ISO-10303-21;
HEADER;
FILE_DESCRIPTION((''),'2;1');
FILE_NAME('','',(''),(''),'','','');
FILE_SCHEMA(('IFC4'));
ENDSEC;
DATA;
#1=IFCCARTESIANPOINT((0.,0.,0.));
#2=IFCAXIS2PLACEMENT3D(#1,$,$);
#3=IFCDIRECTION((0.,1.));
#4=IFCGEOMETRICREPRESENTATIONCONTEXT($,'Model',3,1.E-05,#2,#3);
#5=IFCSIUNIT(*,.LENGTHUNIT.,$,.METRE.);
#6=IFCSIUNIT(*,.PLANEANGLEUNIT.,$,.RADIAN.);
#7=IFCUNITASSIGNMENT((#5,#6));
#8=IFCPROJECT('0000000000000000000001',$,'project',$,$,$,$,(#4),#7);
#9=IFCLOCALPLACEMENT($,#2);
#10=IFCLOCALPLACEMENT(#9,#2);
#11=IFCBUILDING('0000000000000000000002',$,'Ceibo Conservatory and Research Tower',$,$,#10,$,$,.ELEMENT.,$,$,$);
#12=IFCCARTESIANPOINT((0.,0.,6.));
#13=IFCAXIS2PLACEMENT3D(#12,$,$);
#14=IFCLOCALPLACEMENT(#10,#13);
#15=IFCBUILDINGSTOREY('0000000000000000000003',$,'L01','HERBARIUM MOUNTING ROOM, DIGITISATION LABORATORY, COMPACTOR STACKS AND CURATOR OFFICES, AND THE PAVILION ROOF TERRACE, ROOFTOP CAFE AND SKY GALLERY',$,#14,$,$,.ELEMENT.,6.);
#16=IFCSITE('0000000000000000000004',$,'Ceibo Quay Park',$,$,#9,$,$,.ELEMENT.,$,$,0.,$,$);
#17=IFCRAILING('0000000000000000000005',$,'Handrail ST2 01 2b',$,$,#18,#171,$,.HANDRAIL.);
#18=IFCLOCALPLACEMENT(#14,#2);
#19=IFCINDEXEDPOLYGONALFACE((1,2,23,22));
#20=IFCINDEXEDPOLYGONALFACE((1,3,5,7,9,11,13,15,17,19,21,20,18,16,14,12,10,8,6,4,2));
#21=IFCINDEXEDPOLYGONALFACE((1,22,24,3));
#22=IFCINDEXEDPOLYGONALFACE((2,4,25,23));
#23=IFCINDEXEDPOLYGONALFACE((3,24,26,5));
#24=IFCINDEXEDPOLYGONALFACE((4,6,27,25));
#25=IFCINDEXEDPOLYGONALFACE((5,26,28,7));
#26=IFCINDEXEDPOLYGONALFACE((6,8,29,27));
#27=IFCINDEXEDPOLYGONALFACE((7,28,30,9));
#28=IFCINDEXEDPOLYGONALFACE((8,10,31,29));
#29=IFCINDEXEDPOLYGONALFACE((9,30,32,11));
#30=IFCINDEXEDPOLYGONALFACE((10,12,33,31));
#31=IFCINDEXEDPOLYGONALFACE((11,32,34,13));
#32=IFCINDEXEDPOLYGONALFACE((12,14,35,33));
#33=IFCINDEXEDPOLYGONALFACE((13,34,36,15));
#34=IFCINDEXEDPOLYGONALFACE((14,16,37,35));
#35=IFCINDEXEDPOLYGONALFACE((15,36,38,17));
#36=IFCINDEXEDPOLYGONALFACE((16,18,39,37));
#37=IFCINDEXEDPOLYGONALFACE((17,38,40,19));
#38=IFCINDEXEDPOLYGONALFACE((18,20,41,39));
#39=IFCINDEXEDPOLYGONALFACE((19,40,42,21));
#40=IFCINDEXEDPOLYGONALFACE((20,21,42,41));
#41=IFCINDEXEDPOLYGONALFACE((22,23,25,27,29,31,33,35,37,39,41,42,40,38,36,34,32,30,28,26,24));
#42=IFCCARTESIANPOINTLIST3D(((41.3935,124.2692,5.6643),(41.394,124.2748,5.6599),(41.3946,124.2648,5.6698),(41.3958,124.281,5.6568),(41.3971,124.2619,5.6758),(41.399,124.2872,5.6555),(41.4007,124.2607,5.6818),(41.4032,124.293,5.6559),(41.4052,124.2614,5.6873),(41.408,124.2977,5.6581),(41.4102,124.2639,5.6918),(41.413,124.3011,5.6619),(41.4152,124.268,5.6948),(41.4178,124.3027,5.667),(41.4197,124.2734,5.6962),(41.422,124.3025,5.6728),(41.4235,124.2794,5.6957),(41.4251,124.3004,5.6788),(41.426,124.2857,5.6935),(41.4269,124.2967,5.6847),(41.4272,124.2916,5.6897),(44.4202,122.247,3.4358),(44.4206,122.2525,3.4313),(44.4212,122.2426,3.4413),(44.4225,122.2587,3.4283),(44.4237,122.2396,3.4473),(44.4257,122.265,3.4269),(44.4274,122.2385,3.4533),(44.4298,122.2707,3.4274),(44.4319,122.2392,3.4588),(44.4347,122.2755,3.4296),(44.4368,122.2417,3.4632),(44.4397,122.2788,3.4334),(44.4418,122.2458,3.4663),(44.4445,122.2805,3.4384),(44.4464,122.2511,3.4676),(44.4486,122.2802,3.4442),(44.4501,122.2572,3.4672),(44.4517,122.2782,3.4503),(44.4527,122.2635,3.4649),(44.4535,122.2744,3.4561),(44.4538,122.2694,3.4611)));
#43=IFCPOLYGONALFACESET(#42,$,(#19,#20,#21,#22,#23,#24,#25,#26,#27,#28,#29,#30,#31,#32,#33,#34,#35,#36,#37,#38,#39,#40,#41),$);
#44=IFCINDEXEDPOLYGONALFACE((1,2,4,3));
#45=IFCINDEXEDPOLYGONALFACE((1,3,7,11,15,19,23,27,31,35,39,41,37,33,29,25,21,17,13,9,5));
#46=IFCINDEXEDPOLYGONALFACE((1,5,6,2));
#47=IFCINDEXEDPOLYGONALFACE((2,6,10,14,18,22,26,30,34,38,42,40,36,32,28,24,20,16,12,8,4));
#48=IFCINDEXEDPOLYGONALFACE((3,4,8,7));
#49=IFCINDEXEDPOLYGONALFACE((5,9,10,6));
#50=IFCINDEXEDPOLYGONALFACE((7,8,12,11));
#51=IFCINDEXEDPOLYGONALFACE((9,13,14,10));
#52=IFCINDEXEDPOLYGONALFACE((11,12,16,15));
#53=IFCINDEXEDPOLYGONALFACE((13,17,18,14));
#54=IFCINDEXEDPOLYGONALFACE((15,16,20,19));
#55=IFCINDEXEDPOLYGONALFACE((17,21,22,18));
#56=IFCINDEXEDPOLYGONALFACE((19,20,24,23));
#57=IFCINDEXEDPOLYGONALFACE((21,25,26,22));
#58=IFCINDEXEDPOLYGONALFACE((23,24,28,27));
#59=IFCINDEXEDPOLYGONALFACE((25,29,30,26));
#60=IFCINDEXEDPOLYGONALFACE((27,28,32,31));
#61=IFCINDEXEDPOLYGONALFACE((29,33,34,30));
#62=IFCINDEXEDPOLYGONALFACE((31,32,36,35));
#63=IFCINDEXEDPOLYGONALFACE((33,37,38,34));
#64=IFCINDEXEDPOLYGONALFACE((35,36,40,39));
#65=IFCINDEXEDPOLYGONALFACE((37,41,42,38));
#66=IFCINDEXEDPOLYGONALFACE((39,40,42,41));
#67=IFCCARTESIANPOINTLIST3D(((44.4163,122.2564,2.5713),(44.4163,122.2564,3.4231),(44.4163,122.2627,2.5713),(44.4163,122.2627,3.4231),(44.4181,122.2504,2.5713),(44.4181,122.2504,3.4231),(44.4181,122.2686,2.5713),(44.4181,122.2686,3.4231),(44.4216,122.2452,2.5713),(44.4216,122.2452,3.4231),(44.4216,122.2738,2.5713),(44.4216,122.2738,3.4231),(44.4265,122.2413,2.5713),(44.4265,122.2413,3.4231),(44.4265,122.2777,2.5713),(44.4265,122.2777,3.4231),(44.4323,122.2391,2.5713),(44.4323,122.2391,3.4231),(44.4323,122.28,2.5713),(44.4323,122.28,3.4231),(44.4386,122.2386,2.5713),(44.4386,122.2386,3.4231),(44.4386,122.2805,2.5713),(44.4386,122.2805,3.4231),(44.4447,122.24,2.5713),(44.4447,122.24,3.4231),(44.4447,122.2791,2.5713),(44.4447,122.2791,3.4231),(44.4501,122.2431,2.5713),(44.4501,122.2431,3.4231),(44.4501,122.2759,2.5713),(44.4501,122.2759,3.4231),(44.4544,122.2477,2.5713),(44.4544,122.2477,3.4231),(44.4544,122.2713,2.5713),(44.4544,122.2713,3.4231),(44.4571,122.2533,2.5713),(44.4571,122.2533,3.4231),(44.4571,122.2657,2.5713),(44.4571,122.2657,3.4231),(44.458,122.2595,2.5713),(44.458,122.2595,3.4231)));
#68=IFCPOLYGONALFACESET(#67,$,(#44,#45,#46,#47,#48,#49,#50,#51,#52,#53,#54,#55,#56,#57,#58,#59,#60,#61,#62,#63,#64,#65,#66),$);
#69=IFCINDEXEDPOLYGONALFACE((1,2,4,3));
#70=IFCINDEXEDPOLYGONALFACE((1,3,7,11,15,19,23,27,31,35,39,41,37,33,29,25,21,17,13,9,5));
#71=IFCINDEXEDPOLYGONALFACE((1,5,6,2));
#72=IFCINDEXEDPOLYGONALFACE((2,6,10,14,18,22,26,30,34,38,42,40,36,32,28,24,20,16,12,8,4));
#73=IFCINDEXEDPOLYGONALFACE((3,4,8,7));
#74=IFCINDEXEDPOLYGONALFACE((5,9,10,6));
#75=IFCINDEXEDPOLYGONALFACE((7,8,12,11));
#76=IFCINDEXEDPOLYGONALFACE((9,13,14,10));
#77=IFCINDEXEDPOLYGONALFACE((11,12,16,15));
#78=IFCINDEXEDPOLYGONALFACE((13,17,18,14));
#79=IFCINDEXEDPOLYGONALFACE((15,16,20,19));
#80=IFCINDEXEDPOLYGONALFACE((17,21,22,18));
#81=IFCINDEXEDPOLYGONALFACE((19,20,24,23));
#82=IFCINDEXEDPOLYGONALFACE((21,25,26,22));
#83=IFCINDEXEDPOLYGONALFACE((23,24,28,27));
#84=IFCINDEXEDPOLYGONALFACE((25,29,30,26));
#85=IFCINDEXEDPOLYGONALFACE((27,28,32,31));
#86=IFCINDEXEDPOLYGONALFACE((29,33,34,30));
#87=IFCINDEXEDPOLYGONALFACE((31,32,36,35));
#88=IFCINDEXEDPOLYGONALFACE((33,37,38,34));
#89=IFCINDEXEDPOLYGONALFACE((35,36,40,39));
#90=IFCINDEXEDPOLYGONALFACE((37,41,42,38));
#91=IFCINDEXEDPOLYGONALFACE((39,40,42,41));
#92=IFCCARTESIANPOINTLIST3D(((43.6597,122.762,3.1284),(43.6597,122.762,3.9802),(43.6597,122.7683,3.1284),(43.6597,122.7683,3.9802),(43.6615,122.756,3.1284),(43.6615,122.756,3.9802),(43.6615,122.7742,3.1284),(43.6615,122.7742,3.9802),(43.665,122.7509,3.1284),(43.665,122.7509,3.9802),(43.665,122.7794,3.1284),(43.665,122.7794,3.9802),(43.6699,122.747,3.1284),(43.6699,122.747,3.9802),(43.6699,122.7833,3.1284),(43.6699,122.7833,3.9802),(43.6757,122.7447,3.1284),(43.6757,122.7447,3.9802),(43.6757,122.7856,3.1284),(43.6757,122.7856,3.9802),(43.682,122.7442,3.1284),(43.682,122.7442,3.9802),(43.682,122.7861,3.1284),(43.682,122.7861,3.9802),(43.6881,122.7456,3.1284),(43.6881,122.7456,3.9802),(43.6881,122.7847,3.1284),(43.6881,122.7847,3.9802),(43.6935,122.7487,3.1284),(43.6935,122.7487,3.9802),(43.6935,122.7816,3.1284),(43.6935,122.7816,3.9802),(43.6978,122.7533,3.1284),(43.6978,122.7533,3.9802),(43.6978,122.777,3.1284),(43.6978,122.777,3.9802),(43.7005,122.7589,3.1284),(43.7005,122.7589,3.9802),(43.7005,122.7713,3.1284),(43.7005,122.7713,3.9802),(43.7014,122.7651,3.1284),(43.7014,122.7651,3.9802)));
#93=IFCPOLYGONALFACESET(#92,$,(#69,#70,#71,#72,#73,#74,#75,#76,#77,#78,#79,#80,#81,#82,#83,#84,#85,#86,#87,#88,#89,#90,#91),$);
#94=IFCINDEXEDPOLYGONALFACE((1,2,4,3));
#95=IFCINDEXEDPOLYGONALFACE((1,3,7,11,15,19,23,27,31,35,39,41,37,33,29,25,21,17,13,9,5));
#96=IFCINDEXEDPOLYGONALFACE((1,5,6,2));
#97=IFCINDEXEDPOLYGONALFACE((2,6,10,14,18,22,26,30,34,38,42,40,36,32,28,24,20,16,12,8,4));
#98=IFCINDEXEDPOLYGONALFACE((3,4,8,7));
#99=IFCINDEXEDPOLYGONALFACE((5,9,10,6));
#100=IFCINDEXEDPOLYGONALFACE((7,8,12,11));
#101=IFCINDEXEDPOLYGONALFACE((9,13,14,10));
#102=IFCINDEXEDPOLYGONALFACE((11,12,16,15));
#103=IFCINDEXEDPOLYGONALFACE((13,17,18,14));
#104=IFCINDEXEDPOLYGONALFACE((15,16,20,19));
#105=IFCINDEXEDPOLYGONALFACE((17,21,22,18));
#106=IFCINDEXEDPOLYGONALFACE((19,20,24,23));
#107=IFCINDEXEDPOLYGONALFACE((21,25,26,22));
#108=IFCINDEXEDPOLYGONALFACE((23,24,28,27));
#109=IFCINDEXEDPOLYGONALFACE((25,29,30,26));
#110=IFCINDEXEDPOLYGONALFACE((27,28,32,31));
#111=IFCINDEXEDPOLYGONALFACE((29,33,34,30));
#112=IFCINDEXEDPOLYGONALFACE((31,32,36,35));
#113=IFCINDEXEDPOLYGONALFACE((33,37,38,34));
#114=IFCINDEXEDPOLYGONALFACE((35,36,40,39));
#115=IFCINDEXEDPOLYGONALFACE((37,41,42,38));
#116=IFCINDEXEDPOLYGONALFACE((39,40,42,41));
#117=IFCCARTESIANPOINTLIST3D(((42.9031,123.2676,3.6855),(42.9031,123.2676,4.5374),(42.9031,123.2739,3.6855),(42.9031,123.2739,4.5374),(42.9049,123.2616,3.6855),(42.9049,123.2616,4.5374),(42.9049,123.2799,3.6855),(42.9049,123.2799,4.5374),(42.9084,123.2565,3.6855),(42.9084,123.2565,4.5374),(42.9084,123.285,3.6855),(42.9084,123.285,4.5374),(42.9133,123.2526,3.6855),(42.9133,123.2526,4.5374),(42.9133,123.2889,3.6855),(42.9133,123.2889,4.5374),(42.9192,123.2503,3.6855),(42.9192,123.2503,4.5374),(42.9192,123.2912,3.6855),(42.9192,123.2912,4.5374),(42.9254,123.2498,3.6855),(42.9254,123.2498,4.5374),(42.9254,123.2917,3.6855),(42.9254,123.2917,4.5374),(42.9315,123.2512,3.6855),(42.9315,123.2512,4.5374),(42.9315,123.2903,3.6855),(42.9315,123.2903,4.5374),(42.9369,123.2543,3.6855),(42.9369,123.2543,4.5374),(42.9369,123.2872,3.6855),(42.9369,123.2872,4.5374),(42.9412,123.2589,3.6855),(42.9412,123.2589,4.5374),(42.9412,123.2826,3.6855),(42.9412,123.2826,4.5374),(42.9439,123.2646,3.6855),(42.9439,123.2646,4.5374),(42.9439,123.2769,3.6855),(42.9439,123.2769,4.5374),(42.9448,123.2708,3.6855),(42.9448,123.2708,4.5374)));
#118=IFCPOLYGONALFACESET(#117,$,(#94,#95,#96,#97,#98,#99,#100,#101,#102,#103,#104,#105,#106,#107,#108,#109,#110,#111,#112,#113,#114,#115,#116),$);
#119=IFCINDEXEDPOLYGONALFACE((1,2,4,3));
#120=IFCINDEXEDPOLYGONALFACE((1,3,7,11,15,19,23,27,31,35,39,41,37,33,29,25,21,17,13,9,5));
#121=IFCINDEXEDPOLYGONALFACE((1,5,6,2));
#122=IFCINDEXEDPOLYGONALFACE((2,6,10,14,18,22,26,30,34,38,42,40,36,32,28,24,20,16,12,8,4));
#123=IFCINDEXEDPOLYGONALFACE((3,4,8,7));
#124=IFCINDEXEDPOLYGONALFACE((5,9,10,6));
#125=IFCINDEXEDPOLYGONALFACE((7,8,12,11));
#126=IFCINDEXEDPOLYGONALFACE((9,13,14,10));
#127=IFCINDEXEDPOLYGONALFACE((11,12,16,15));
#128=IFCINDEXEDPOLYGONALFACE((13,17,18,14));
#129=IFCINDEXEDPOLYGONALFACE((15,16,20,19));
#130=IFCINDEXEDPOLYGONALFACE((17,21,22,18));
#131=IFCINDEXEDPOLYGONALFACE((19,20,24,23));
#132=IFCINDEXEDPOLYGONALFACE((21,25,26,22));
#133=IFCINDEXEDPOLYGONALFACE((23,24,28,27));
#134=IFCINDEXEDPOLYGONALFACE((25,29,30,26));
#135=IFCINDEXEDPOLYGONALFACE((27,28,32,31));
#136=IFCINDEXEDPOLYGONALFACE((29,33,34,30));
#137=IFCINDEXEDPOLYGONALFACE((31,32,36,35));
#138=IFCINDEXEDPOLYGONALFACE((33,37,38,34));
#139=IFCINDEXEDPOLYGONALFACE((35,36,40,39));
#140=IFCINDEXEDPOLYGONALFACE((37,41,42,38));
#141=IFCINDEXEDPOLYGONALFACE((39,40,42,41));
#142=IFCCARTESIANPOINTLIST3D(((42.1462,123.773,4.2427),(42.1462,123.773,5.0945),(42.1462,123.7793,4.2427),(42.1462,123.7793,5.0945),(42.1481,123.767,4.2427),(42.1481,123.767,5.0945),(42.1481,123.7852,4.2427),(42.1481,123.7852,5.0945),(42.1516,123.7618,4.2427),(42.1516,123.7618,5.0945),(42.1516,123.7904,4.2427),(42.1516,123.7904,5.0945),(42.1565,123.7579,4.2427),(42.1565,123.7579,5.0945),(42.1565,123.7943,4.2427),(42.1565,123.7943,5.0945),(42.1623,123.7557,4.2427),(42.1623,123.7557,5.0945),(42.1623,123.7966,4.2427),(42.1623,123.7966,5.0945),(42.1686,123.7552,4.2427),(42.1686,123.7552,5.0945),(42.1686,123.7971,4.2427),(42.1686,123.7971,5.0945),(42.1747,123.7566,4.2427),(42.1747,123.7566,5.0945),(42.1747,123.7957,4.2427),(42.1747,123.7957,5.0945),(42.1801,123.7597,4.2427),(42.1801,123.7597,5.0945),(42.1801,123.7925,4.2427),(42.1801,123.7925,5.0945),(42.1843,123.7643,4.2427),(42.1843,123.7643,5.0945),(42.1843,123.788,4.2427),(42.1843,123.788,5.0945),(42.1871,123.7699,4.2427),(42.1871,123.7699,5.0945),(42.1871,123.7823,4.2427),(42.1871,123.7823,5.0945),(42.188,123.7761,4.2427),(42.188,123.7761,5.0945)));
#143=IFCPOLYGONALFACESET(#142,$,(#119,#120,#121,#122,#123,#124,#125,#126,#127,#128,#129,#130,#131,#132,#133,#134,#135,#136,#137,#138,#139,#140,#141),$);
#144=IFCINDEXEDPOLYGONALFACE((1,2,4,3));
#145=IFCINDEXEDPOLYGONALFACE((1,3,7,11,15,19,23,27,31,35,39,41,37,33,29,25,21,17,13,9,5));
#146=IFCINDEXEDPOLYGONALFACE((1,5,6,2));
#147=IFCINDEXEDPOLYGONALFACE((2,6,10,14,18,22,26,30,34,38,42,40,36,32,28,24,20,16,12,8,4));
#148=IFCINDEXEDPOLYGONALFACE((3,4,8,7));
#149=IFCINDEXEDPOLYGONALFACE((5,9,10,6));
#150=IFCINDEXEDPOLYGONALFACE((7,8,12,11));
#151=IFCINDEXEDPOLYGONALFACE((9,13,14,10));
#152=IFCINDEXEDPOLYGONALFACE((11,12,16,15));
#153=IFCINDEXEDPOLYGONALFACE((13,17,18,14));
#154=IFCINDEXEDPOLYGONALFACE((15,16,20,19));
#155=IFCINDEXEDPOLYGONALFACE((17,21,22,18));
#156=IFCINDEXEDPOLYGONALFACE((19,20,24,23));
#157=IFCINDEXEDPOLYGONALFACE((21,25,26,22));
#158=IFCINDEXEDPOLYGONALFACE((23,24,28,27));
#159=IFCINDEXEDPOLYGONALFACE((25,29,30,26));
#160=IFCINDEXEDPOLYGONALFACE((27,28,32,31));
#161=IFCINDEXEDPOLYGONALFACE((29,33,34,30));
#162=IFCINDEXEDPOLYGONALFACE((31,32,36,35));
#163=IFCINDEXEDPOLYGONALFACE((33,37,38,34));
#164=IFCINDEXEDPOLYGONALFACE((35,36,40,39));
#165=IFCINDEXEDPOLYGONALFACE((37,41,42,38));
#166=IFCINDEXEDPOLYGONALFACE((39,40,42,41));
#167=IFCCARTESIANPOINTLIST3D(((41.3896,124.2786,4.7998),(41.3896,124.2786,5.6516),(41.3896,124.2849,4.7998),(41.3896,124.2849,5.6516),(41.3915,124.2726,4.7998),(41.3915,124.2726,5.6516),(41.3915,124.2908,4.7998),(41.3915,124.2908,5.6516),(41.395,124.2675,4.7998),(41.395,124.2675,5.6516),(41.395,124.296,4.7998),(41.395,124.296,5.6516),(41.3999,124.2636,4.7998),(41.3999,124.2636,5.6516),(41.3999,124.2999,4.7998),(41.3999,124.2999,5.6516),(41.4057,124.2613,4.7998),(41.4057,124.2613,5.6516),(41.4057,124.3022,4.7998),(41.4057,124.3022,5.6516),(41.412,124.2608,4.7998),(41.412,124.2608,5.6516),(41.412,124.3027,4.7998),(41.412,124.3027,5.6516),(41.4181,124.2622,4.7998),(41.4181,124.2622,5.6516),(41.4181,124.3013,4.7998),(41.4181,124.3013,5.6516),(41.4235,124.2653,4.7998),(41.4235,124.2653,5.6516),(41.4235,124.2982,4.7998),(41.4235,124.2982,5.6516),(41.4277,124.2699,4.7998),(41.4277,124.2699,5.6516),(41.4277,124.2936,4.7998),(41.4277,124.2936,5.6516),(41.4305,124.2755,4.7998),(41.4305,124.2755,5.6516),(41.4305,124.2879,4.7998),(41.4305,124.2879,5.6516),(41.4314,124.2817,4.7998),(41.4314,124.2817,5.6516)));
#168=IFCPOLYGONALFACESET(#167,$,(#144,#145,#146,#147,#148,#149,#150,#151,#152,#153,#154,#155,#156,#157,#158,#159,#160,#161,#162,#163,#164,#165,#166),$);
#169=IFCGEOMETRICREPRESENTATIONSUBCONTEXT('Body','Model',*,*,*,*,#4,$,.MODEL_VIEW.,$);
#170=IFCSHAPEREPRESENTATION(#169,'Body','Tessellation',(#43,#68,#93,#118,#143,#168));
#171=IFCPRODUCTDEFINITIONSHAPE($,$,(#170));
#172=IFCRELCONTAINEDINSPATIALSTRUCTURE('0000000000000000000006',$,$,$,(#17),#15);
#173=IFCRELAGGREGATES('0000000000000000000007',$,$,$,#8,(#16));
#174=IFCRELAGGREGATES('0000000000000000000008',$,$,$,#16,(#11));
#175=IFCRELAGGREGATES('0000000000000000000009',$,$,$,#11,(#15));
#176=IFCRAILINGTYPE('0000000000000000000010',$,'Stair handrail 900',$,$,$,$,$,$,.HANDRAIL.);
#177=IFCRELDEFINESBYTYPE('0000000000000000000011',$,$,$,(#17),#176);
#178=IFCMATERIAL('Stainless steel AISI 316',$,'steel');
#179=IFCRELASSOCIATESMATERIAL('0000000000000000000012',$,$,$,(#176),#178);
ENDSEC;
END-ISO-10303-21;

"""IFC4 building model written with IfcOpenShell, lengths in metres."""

from ifc_helpers import new_model, si_unit, direction, frame, origin, origin_2d, place, context, subcontext, project, spatial, circle, extrude, material, type_object, element, save


model = new_model("IFC4")

# Units and contexts
model_context = context("Model", 3, precision=1e-05, world=origin(), true_north=direction((0.0, 1.0)))
body_context = subcontext(model_context, "Body", "Model", "MODEL_VIEW")
ifc_project = project(units=[si_unit("LENGTHUNIT", "METRE"), si_unit("PLANEANGLEUNIT", "RADIAN")], contexts=[model_context])

# Site, building, storey
site_placement = place(None, origin())
site = spatial("IfcSite", under=ifc_project, at=site_placement, Name="Ceibo Quay Park", CompositionType="ELEMENT", RefElevation=0.0)
building_placement = place(site_placement, origin())
building = spatial("IfcBuilding", under=site, at=building_placement, Name="Ceibo Conservatory and Research Tower", CompositionType="ELEMENT")
storey_placement = place(building_placement, frame((0.0, 0.0, 6.0)))
storey = spatial("IfcBuildingStorey", under=building, at=storey_placement, Name="L01", Description="HERBARIUM MOUNTING ROOM, DIGITISATION LABORATORY, COMPACTOR STACKS AND CURATOR OFFICES, AND THE PAVILION ROOF TERRACE, ROOFTOP CAFE AND SKY GALLERY", CompositionType="ELEMENT", Elevation=6.0)

# Shared definitions
ifc_material_1 = material(Name="Stainless steel AISI 316", Category="steel")

# Railing
railing_type = type_object("IfcRailingType", Name="Stair handrail 900", PredefinedType="HANDRAIL", material=ifc_material_1)
railing_1_placement = place(storey_placement, frame((44.437, 122.2595, 2.5713)))
element("IfcRailing", 1, at=railing_1_placement, inside=storey, type_object=railing_type, Name="Handrail ST2 01 2b", PredefinedType="HANDRAIL", context=body_context, shape_type="SweptSolid", body=[
    extrude(circle(Radius=0.0239, at=origin_2d()), frame((0.0, 0.0, 0.876), z_axis=(-0.709137, 0.473806, 0.522142), x_axis=(-0.555551, -0.831482, 0.0)), (0.0, 0.0, 1.0), 4.2681),
    extrude(circle(Radius=0.021, at=origin_2d()), origin(), (0.0, 0.0, 1.0), 0.8518),
    extrude(circle(Radius=0.021, at=origin_2d()), frame((-0.7566, 0.5056, 0.5571)), (0.0, 0.0, 1.0), 0.8518),
    extrude(circle(Radius=0.021, at=origin_2d()), frame((-1.5132, 1.0112, 1.1143)), (0.0, 0.0, 1.0), 0.8518),
    extrude(circle(Radius=0.021, at=origin_2d()), frame((-2.27, 1.5166, 1.6714)), (0.0, 0.0, 1.0), 0.8518),
    extrude(circle(Radius=0.021, at=origin_2d()), frame((-3.0266, 2.0222, 2.2285)), (0.0, 0.0, 1.0), 0.8518),
])

save(model, "model.ifc")
